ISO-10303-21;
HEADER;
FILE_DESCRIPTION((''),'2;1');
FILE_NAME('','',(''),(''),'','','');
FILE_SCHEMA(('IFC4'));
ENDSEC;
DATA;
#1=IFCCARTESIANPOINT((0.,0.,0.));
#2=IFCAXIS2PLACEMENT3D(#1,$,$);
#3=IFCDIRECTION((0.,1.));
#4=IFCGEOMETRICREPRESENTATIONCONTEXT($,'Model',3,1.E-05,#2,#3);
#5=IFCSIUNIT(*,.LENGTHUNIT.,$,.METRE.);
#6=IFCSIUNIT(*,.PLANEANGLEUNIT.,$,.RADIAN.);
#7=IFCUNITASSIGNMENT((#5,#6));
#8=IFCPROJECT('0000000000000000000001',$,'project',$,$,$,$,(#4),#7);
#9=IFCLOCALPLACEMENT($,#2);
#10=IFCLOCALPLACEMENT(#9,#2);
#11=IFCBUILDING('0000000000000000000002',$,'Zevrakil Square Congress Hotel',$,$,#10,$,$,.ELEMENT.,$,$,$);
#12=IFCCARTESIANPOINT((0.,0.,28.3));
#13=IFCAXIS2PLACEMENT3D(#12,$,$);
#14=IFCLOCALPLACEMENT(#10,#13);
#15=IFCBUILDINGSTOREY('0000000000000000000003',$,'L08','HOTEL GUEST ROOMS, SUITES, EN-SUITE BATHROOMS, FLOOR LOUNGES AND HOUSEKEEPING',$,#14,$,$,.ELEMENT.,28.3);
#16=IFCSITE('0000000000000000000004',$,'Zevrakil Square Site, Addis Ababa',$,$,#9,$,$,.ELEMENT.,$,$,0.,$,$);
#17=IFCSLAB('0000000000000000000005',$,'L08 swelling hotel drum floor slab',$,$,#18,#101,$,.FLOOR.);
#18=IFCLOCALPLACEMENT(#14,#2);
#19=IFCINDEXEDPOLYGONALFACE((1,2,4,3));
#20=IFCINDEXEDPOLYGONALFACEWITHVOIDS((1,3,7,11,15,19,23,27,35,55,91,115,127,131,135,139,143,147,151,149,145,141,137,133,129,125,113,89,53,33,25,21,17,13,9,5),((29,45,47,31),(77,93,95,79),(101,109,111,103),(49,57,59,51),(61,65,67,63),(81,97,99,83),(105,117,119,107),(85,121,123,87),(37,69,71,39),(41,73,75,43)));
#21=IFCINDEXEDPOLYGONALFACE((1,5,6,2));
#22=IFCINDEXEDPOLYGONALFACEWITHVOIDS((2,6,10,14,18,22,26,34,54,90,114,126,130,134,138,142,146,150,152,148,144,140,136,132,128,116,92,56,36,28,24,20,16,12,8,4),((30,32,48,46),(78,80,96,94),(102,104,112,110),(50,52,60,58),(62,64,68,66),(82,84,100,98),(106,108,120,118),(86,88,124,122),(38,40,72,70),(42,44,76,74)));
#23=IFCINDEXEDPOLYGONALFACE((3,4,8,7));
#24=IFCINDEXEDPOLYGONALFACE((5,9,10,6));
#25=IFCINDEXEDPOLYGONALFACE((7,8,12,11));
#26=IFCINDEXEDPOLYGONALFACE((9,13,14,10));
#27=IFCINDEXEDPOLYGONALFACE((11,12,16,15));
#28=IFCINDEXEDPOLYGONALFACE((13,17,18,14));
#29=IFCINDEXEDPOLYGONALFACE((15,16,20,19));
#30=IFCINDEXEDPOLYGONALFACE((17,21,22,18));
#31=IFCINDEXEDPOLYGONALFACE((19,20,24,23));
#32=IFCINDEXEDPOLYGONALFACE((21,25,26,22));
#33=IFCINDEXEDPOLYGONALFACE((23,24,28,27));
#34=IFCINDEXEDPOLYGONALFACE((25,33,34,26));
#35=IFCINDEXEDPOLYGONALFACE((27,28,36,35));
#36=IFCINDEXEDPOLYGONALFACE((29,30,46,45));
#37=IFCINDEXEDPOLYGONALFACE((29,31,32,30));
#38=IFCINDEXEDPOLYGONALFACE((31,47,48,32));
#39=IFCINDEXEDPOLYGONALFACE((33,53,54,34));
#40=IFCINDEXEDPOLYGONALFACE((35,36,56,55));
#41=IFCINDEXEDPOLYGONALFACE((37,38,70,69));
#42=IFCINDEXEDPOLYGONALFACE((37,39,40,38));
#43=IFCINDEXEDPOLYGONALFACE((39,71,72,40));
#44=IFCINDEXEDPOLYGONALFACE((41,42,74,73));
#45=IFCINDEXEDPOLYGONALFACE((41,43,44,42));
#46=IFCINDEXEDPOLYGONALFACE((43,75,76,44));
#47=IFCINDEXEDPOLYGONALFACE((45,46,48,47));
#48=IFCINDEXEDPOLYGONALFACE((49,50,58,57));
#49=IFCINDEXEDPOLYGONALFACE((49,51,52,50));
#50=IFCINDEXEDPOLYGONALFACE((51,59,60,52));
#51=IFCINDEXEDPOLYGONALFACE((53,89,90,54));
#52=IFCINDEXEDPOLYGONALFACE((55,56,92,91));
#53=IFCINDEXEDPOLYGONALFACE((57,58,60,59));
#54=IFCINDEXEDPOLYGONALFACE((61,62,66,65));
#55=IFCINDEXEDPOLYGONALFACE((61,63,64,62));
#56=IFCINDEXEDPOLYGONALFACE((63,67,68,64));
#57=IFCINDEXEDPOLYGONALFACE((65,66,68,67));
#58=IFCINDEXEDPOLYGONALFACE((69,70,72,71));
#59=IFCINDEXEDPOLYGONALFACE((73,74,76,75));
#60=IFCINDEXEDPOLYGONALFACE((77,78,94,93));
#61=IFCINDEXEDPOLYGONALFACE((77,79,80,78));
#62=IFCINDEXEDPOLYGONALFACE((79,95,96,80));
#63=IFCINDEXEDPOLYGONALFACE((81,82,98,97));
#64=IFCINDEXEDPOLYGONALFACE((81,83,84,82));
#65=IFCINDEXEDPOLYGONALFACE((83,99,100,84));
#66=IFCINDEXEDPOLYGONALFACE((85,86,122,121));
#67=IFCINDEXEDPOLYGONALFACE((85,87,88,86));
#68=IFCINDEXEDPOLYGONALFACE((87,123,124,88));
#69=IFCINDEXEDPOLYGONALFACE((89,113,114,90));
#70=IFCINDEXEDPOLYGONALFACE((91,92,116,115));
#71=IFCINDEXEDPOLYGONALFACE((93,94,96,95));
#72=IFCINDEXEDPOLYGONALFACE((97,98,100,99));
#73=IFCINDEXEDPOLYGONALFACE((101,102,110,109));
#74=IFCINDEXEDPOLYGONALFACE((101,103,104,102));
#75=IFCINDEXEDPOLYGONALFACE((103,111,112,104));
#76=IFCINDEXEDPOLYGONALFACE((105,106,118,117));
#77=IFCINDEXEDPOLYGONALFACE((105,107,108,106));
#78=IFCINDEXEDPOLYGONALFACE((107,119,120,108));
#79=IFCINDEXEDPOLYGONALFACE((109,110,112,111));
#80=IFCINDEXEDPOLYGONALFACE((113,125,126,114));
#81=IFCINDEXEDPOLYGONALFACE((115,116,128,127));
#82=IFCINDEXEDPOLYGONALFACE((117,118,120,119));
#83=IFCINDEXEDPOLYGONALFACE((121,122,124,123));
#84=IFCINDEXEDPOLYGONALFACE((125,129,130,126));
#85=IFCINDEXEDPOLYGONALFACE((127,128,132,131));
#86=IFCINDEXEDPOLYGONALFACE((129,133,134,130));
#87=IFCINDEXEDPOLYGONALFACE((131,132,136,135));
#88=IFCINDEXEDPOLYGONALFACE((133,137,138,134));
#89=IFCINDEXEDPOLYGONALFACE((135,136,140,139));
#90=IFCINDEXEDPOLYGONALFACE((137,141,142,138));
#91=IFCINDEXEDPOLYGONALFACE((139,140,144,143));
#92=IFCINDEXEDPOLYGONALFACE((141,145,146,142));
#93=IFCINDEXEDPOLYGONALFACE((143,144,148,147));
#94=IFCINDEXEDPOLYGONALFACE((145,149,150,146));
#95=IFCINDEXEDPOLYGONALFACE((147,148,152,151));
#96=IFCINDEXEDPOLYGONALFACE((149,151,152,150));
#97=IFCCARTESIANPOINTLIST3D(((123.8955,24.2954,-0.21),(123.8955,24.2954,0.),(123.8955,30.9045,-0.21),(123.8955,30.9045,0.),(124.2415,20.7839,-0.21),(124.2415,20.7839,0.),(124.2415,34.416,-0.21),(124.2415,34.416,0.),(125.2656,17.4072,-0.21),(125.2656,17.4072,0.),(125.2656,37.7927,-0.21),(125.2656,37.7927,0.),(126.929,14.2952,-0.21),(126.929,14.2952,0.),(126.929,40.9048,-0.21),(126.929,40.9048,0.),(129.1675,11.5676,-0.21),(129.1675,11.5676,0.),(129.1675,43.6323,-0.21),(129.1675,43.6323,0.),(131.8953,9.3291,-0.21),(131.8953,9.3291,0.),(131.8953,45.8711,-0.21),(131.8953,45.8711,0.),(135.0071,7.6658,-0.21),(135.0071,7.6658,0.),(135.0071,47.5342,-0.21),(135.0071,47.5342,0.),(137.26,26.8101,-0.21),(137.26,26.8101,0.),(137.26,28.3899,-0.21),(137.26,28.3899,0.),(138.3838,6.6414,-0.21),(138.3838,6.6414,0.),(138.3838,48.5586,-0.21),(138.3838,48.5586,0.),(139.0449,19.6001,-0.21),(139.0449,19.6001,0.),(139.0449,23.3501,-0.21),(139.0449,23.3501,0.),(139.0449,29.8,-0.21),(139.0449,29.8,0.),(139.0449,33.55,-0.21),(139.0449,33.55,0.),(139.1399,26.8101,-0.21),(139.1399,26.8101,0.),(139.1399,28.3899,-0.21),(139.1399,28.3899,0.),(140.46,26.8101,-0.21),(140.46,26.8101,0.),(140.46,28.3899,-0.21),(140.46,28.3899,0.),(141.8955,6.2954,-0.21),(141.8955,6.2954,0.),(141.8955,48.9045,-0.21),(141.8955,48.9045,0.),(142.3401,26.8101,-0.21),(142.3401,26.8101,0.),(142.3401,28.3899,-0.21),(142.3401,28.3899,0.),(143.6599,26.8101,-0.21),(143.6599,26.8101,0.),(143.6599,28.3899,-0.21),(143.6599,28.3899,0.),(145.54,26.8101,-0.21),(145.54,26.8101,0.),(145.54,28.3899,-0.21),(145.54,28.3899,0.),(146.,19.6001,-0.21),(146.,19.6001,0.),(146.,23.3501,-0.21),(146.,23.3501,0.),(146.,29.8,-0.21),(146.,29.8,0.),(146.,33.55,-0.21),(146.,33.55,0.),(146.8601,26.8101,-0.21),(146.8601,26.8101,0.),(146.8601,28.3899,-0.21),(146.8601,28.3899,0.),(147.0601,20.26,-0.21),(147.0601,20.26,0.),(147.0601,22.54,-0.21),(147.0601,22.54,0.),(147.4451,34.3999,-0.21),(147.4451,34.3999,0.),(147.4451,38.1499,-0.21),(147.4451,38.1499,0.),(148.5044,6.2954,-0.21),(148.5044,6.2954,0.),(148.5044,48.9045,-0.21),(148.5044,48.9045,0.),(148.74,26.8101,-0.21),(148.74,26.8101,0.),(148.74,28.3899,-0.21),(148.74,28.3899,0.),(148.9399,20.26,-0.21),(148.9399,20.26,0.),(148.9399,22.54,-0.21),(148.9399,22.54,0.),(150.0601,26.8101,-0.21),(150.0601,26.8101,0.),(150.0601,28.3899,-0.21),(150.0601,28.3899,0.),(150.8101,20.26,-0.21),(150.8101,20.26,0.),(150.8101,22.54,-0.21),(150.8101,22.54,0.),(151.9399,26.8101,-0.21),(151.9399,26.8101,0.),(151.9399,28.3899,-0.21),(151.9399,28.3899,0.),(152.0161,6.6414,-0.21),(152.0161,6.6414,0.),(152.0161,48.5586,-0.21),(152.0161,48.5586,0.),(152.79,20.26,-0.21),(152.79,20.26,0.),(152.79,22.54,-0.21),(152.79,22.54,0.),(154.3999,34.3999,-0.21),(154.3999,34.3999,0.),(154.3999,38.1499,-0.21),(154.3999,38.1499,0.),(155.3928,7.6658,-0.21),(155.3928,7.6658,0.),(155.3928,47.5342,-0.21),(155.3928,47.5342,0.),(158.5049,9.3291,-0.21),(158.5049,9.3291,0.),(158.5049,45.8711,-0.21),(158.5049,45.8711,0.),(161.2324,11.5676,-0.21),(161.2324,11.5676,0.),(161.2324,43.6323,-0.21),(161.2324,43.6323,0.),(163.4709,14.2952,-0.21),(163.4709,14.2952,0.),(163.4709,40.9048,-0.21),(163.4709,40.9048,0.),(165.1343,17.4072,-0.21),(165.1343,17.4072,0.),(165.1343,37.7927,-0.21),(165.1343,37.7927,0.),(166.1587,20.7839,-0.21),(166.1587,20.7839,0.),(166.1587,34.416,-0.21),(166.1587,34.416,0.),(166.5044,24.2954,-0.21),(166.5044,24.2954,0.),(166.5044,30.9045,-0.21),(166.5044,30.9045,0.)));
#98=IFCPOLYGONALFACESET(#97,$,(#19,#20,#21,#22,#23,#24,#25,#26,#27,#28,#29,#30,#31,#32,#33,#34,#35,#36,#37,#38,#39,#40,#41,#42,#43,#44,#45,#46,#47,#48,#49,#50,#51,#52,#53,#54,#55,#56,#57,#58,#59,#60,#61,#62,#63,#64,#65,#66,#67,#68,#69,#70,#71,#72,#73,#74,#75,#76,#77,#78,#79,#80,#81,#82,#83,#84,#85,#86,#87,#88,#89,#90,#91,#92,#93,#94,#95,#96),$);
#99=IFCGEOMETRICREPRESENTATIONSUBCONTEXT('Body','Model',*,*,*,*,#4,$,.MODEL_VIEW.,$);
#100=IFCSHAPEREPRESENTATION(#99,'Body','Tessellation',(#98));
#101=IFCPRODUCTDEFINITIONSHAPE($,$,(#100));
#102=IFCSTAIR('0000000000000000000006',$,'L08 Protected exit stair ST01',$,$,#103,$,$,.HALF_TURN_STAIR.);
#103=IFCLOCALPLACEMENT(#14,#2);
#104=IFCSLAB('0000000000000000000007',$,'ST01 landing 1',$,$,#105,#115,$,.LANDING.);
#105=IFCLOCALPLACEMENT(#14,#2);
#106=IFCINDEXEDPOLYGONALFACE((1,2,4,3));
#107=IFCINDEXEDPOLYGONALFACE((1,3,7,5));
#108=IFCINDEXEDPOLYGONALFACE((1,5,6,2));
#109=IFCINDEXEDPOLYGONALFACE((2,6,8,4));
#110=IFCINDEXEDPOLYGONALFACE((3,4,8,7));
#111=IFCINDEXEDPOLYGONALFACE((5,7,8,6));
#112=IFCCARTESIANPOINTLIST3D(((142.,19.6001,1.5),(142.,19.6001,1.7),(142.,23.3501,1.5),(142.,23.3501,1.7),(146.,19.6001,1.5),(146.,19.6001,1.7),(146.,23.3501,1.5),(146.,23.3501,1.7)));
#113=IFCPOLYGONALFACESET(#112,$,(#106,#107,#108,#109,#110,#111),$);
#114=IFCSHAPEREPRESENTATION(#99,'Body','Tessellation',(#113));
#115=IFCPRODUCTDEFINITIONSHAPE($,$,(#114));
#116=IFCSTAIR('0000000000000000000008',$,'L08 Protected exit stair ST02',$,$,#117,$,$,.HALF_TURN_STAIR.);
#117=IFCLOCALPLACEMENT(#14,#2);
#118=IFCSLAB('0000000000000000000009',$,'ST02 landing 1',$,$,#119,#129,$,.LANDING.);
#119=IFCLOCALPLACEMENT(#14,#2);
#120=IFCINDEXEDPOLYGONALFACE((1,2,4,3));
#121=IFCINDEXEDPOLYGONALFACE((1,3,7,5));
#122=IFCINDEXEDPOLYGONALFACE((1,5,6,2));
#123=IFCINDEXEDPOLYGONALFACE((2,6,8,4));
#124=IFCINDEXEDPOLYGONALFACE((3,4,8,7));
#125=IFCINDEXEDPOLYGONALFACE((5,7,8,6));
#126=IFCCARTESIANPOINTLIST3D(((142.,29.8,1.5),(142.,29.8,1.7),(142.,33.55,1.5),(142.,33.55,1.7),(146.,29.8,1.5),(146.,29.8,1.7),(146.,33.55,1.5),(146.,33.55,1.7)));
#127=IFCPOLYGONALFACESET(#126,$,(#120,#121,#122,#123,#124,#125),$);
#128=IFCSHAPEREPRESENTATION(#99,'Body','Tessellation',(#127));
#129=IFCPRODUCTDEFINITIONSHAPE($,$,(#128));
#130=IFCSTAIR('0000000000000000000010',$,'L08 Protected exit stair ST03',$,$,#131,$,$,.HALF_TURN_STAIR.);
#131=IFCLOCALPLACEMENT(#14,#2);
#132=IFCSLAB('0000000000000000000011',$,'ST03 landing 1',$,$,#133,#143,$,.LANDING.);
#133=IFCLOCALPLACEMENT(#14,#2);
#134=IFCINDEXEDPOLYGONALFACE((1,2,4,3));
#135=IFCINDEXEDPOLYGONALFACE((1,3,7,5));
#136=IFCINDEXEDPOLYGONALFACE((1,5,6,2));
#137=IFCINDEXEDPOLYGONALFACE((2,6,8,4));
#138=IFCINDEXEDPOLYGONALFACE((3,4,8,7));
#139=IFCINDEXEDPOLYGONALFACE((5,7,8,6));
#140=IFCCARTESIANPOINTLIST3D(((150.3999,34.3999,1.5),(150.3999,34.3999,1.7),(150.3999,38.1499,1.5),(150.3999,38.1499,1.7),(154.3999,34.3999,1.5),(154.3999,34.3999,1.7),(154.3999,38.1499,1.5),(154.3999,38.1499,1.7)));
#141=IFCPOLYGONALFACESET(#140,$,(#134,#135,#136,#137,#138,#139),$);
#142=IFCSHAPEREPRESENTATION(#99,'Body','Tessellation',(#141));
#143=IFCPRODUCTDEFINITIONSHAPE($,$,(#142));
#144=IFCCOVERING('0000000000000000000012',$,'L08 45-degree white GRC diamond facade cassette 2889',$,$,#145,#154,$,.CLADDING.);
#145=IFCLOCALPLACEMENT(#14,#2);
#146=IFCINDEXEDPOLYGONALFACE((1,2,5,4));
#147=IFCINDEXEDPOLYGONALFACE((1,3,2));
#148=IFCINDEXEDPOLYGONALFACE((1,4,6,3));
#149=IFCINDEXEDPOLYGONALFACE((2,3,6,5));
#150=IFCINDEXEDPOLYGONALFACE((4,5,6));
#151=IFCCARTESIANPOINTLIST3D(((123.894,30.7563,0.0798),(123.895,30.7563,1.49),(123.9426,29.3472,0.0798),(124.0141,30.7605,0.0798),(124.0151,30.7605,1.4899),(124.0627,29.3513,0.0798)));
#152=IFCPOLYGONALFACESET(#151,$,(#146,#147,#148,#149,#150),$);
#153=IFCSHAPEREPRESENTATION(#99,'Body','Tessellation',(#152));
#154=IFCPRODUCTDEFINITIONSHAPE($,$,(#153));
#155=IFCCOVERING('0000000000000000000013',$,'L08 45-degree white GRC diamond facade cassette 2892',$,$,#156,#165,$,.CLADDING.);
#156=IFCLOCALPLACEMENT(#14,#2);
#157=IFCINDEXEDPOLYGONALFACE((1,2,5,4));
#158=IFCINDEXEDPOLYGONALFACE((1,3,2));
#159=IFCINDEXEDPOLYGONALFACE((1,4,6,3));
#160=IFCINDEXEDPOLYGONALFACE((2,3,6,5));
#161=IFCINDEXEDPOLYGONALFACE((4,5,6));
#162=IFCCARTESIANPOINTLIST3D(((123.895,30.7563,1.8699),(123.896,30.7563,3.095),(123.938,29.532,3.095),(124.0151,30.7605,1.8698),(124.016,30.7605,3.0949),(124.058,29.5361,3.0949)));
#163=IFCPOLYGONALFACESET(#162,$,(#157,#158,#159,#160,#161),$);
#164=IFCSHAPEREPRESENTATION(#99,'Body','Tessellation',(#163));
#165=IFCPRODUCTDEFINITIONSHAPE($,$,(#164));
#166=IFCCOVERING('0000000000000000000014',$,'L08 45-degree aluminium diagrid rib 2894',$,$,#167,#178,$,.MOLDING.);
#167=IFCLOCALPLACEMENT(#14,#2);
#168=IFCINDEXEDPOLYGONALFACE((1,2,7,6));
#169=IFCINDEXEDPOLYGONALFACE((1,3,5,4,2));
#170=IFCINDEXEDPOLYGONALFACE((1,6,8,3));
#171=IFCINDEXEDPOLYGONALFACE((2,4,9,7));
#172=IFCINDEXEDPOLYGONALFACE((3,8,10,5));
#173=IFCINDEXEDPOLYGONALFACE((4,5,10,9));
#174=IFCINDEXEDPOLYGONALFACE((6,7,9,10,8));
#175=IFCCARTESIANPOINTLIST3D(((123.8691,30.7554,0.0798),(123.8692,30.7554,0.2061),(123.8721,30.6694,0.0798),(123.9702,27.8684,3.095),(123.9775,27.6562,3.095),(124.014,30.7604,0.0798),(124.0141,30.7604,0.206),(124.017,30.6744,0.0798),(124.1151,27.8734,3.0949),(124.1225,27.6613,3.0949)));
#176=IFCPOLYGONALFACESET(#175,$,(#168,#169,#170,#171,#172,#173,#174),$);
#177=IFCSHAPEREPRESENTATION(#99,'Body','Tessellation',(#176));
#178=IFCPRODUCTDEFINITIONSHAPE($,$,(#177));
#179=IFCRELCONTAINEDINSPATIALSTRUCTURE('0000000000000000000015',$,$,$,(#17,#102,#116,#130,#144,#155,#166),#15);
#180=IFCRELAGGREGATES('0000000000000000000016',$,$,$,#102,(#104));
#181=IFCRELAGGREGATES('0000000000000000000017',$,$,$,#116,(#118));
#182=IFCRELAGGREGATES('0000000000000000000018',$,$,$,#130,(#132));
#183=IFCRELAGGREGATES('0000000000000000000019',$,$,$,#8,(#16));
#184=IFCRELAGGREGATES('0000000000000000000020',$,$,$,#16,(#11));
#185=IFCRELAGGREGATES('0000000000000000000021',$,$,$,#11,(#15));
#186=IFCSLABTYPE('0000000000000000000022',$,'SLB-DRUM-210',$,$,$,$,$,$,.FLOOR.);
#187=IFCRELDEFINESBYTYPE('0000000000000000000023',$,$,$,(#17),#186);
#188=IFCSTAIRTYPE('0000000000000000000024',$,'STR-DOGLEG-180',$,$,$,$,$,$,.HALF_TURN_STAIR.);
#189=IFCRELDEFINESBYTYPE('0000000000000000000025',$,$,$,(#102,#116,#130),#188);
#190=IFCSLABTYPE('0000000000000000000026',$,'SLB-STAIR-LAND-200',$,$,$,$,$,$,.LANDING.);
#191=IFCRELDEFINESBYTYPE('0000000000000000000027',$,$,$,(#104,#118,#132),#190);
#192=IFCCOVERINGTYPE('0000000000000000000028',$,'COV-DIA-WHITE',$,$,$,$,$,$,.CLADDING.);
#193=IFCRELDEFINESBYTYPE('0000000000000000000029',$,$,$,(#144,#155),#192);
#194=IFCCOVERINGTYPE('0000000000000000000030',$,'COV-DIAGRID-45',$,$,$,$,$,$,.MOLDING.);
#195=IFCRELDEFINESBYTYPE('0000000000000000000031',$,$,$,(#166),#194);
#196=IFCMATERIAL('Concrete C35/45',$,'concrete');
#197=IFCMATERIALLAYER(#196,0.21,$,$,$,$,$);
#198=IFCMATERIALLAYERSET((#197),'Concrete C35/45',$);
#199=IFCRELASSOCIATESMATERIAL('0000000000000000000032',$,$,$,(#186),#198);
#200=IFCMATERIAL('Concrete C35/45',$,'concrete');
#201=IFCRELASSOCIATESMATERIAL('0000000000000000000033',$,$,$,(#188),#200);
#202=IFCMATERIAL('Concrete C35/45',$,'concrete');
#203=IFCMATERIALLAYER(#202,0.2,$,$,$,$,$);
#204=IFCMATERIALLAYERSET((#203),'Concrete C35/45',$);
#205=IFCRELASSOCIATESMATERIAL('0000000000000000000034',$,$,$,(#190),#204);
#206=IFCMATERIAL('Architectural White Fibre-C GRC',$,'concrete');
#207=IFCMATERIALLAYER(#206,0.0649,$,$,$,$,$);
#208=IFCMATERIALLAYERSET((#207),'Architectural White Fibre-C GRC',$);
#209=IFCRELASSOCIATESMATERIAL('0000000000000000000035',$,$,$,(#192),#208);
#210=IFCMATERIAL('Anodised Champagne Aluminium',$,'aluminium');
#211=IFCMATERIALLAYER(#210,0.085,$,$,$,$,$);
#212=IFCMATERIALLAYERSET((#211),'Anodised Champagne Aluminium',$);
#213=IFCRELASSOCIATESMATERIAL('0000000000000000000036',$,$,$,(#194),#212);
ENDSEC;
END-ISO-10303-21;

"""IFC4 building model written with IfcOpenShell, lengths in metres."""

from ifc_helpers import new_model, si_unit, direction, frame, origin, place, context, subcontext, project, spatial, polyline, outline, extrude, material, layer, layer_set, type_object, element, aggregate, save


model = new_model("IFC4")

# Units and contexts
model_context = context("Model", 3, precision=1e-05, world=origin(), true_north=direction((0.0, 1.0)))
body_context = subcontext(model_context, "Body", "Model", "MODEL_VIEW")
ifc_project = project(units=[si_unit("LENGTHUNIT", "METRE"), si_unit("PLANEANGLEUNIT", "RADIAN")], contexts=[model_context])

# Site, building, storey
site_placement = place(None, origin())
site = spatial("IfcSite", under=ifc_project, at=site_placement, Name="Zevrakil Square Site, Addis Ababa", CompositionType="ELEMENT", RefElevation=0.0)
building_placement = place(site_placement, origin())
building = spatial("IfcBuilding", under=site, at=building_placement, Name="Zevrakil Square Congress Hotel", CompositionType="ELEMENT")
storey_placement = place(building_placement, frame((0.0, 0.0, 28.3)))
storey = spatial("IfcBuildingStorey", under=building, at=storey_placement, Name="L08", Description="HOTEL GUEST ROOMS, SUITES, EN-SUITE BATHROOMS, FLOOR LOUNGES AND HOUSEKEEPING", CompositionType="ELEMENT", Elevation=28.3)

# Slab
ifc_material_1 = material(Name="Concrete C35/45", Category="concrete")
ifc_layer_1 = layer(ifc_material_1, 0.21)
ifc_layer_set_1 = layer_set([ifc_layer_1], Name="Concrete C35/45")
slab_type_1 = type_object("IfcSlabType", Name="SLB-DRUM-210", PredefinedType="FLOOR", material=ifc_layer_set_1)
slab_1_placement = place(storey_placement, frame((0.0, 0.0, -0.21)))
element("IfcSlab", 1, at=slab_1_placement, inside=storey, type_object=slab_type_1, Name="L08 swelling hotel drum floor slab", PredefinedType="FLOOR", context=body_context, shape_type="SweptSolid", body=[
    extrude(outline(polyline([(148.5044, 6.2954), (152.0161, 6.6414), (155.3928, 7.6658), (158.5049, 9.3291), (161.2324, 11.5676), (163.4709, 14.2952), (165.1343, 17.4072), (166.1587, 20.7839), (166.5044, 24.2954), (166.5044, 30.9045), (166.1587, 34.416), (165.1343, 37.7927), (163.4709, 40.9048), (161.2324, 43.6323), (158.5049, 45.8711), (155.3928, 47.5342), (152.0161, 48.5586), (148.5044, 48.9045), (141.8955, 48.9045), (138.3838, 48.5586), (135.0071, 47.5342), (131.8953, 45.8711), (129.1675, 43.6323), (126.929, 40.9048), (125.2656, 37.7927), (124.2415, 34.416), (123.8955, 30.9045), (123.8955, 24.2954), (124.2415, 20.7839), (125.2656, 17.4072), (126.929, 14.2952), (129.1675, 11.5676), (131.8953, 9.3291), (135.0071, 7.6658), (138.3838, 6.6414), (141.8955, 6.2954), (148.5044, 6.2954)]), holes=[polyline([(139.0449, 19.6001), (146.0, 19.6001), (146.0, 23.3501), (139.0449, 23.3501), (139.0449, 19.6001)]), polyline([(139.0449, 29.8), (146.0, 29.8), (146.0, 33.55), (139.0449, 33.55), (139.0449, 29.8)]), polyline([(147.4451, 34.3999), (154.3999, 34.3999), (154.3999, 38.1499), (147.4451, 38.1499), (147.4451, 34.3999)]), polyline([(137.26, 26.8101), (139.1399, 26.8101), (139.1399, 28.3899), (137.26, 28.3899), (137.26, 26.8101)]), polyline([(140.46, 26.8101), (142.3401, 26.8101), (142.3401, 28.3899), (140.46, 28.3899), (140.46, 26.8101)]), polyline([(143.6599, 26.8101), (145.54, 26.8101), (145.54, 28.3899), (143.6599, 28.3899), (143.6599, 26.8101)]), polyline([(146.8601, 26.8101), (148.74, 26.8101), (148.74, 28.3899), (146.8601, 28.3899), (146.8601, 26.8101)]), polyline([(150.0601, 26.8101), (151.9399, 26.8101), (151.9399, 28.3899), (150.0601, 28.3899), (150.0601, 26.8101)]), polyline([(147.0601, 20.26), (148.9399, 20.26), (148.9399, 22.54), (147.0601, 22.54), (147.0601, 20.26)]), polyline([(150.8101, 20.26), (152.79, 20.26), (152.79, 22.54), (150.8101, 22.54), (150.8101, 20.26)])]), origin(), (0.0, 0.0, 1.0), 0.21),
])

# Stairs, slabs
ifc_material_2 = material(Name="Concrete C35/45", Category="concrete")
stair_type = type_object("IfcStairType", Name="STR-DOGLEG-180", PredefinedType="HALF_TURN_STAIR", material=ifc_material_2)
stair_1_placement = place(storey_placement, origin())
stair_1 = element("IfcStair", 2, at=stair_1_placement, inside=storey, type_object=stair_type, Name="L08 Protected exit stair ST01", PredefinedType="HALF_TURN_STAIR")
ifc_material_3 = material(Name="Concrete C35/45", Category="concrete")
ifc_layer_2 = layer(ifc_material_3, 0.2)
ifc_layer_set_2 = layer_set([ifc_layer_2], Name="Concrete C35/45")
slab_type_2 = type_object("IfcSlabType", Name="SLB-STAIR-LAND-200", PredefinedType="LANDING", material=ifc_layer_set_2)
slab_2_placement = place(storey_placement, frame((0.0, 0.0, 1.5)))
slab_2 = element("IfcSlab", 3, at=slab_2_placement, type_object=slab_type_2, Name="ST01 landing 1", PredefinedType="LANDING", context=body_context, shape_type="SweptSolid", body=[
    extrude(outline(polyline([(142.0, 19.6001), (146.0, 19.6001), (146.0, 23.3501), (142.0, 23.3501), (142.0, 19.6001)])), origin(), (0.0, 0.0, 1.0), 0.2),
])
aggregate(stair_1, [slab_2])
stair_2_placement = place(storey_placement, origin())
stair_2 = element("IfcStair", 4, at=stair_2_placement, inside=storey, type_object=stair_type, Name="L08 Protected exit stair ST02", PredefinedType="HALF_TURN_STAIR")
slab_3_placement = place(storey_placement, frame((0.0, 0.0, 1.5)))
slab_3 = element("IfcSlab", 5, at=slab_3_placement, type_object=slab_type_2, Name="ST02 landing 1", PredefinedType="LANDING", context=body_context, shape_type="SweptSolid", body=[
    extrude(outline(polyline([(142.0, 29.8), (146.0, 29.8), (146.0, 33.55), (142.0, 33.55), (142.0, 29.8)])), origin(), (0.0, 0.0, 1.0), 0.2),
])
aggregate(stair_2, [slab_3])
stair_3_placement = place(storey_placement, origin())
stair_3 = element("IfcStair", 6, at=stair_3_placement, inside=storey, type_object=stair_type, Name="L08 Protected exit stair ST03", PredefinedType="HALF_TURN_STAIR")
slab_4_placement = place(storey_placement, frame((0.0, 0.0, 1.5)))
slab_4 = element("IfcSlab", 7, at=slab_4_placement, type_object=slab_type_2, Name="ST03 landing 1", PredefinedType="LANDING", context=body_context, shape_type="SweptSolid", body=[
    extrude(outline(polyline([(150.3999, 34.3999), (154.3999, 34.3999), (154.3999, 38.1499), (150.3999, 38.1499), (150.3999, 34.3999)])), origin(), (0.0, 0.0, 1.0), 0.2),
])
aggregate(stair_3, [slab_4])

# Coverings
ifc_material_4 = material(Name="Architectural White Fibre-C GRC", Category="concrete")
ifc_layer_3 = layer(ifc_material_4, 0.0649)
ifc_layer_set_3 = layer_set([ifc_layer_3], Name="Architectural White Fibre-C GRC")
covering_type_1 = type_object("IfcCoveringType", Name="COV-DIA-WHITE", PredefinedType="CLADDING", material=ifc_layer_set_3)
covering_1_placement = place(storey_placement, frame((123.9426, 29.3472, 0.0798), z_axis=(-0.999406, -0.034456, 0.000692), x_axis=(-0.034456, 0.999406, 0.0)))
element("IfcCovering", 8, at=covering_1_placement, inside=storey, type_object=covering_type_1, Name="L08 45-degree white GRC diamond facade cassette 2889", PredefinedType="CLADDING", context=body_context, shape_type="SweptSolid", body=[
    extrude(outline(polyline([(0.0, 0.0), (1.41, 0.0), (1.41, -1.4102), (0.0, 0.0)])), origin(), (0.0, 0.0, -1.0), 0.1201),
])
covering_2_placement = place(storey_placement, frame((123.895, 30.7563, 1.8699), z_axis=(-0.999412, -0.034277, 0.000797), x_axis=(0.000797, 0.0, 1.0)))
element("IfcCovering", 9, at=covering_2_placement, inside=storey, type_object=covering_type_1, Name="L08 45-degree white GRC diamond facade cassette 2892", PredefinedType="CLADDING", context=body_context, shape_type="SweptSolid", body=[
    extrude(outline(polyline([(0.0, 0.0), (1.2251, 0.0), (1.2251, -1.2251), (0.0, 0.0)])), origin(), (0.0, 0.0, -1.0), 0.1201),
])
ifc_material_5 = material(Name="Anodised Champagne Aluminium", Category="aluminium")
ifc_layer_4 = layer(ifc_material_5, 0.085)
ifc_layer_set_4 = layer_set([ifc_layer_4], Name="Anodised Champagne Aluminium")
covering_type_2 = type_object("IfcCoveringType", Name="COV-DIAGRID-45", PredefinedType="MOLDING", material=ifc_layer_set_4)
covering_3_placement = place(storey_placement, frame((123.8721, 30.6694, 0.0798), z_axis=(-0.999403, -0.034554, 0.000423), x_axis=(-0.034554, 0.999403, 0.0)))
element("IfcCovering", 10, at=covering_3_placement, inside=storey, type_object=covering_type_2, Name="L08 45-degree aluminium diagrid rib 2894", PredefinedType="MOLDING", context=body_context, shape_type="SweptSolid", body=[
    extrude(outline(polyline([(0.0, 0.0), (0.086, 0.0), (0.086, -0.1262), (-2.8027, -3.0151), (-3.015, -3.0151), (0.0, 0.0)])), origin(), (0.0, 0.0, -1.0), 0.145),
])

save(model, "model.ifc")
